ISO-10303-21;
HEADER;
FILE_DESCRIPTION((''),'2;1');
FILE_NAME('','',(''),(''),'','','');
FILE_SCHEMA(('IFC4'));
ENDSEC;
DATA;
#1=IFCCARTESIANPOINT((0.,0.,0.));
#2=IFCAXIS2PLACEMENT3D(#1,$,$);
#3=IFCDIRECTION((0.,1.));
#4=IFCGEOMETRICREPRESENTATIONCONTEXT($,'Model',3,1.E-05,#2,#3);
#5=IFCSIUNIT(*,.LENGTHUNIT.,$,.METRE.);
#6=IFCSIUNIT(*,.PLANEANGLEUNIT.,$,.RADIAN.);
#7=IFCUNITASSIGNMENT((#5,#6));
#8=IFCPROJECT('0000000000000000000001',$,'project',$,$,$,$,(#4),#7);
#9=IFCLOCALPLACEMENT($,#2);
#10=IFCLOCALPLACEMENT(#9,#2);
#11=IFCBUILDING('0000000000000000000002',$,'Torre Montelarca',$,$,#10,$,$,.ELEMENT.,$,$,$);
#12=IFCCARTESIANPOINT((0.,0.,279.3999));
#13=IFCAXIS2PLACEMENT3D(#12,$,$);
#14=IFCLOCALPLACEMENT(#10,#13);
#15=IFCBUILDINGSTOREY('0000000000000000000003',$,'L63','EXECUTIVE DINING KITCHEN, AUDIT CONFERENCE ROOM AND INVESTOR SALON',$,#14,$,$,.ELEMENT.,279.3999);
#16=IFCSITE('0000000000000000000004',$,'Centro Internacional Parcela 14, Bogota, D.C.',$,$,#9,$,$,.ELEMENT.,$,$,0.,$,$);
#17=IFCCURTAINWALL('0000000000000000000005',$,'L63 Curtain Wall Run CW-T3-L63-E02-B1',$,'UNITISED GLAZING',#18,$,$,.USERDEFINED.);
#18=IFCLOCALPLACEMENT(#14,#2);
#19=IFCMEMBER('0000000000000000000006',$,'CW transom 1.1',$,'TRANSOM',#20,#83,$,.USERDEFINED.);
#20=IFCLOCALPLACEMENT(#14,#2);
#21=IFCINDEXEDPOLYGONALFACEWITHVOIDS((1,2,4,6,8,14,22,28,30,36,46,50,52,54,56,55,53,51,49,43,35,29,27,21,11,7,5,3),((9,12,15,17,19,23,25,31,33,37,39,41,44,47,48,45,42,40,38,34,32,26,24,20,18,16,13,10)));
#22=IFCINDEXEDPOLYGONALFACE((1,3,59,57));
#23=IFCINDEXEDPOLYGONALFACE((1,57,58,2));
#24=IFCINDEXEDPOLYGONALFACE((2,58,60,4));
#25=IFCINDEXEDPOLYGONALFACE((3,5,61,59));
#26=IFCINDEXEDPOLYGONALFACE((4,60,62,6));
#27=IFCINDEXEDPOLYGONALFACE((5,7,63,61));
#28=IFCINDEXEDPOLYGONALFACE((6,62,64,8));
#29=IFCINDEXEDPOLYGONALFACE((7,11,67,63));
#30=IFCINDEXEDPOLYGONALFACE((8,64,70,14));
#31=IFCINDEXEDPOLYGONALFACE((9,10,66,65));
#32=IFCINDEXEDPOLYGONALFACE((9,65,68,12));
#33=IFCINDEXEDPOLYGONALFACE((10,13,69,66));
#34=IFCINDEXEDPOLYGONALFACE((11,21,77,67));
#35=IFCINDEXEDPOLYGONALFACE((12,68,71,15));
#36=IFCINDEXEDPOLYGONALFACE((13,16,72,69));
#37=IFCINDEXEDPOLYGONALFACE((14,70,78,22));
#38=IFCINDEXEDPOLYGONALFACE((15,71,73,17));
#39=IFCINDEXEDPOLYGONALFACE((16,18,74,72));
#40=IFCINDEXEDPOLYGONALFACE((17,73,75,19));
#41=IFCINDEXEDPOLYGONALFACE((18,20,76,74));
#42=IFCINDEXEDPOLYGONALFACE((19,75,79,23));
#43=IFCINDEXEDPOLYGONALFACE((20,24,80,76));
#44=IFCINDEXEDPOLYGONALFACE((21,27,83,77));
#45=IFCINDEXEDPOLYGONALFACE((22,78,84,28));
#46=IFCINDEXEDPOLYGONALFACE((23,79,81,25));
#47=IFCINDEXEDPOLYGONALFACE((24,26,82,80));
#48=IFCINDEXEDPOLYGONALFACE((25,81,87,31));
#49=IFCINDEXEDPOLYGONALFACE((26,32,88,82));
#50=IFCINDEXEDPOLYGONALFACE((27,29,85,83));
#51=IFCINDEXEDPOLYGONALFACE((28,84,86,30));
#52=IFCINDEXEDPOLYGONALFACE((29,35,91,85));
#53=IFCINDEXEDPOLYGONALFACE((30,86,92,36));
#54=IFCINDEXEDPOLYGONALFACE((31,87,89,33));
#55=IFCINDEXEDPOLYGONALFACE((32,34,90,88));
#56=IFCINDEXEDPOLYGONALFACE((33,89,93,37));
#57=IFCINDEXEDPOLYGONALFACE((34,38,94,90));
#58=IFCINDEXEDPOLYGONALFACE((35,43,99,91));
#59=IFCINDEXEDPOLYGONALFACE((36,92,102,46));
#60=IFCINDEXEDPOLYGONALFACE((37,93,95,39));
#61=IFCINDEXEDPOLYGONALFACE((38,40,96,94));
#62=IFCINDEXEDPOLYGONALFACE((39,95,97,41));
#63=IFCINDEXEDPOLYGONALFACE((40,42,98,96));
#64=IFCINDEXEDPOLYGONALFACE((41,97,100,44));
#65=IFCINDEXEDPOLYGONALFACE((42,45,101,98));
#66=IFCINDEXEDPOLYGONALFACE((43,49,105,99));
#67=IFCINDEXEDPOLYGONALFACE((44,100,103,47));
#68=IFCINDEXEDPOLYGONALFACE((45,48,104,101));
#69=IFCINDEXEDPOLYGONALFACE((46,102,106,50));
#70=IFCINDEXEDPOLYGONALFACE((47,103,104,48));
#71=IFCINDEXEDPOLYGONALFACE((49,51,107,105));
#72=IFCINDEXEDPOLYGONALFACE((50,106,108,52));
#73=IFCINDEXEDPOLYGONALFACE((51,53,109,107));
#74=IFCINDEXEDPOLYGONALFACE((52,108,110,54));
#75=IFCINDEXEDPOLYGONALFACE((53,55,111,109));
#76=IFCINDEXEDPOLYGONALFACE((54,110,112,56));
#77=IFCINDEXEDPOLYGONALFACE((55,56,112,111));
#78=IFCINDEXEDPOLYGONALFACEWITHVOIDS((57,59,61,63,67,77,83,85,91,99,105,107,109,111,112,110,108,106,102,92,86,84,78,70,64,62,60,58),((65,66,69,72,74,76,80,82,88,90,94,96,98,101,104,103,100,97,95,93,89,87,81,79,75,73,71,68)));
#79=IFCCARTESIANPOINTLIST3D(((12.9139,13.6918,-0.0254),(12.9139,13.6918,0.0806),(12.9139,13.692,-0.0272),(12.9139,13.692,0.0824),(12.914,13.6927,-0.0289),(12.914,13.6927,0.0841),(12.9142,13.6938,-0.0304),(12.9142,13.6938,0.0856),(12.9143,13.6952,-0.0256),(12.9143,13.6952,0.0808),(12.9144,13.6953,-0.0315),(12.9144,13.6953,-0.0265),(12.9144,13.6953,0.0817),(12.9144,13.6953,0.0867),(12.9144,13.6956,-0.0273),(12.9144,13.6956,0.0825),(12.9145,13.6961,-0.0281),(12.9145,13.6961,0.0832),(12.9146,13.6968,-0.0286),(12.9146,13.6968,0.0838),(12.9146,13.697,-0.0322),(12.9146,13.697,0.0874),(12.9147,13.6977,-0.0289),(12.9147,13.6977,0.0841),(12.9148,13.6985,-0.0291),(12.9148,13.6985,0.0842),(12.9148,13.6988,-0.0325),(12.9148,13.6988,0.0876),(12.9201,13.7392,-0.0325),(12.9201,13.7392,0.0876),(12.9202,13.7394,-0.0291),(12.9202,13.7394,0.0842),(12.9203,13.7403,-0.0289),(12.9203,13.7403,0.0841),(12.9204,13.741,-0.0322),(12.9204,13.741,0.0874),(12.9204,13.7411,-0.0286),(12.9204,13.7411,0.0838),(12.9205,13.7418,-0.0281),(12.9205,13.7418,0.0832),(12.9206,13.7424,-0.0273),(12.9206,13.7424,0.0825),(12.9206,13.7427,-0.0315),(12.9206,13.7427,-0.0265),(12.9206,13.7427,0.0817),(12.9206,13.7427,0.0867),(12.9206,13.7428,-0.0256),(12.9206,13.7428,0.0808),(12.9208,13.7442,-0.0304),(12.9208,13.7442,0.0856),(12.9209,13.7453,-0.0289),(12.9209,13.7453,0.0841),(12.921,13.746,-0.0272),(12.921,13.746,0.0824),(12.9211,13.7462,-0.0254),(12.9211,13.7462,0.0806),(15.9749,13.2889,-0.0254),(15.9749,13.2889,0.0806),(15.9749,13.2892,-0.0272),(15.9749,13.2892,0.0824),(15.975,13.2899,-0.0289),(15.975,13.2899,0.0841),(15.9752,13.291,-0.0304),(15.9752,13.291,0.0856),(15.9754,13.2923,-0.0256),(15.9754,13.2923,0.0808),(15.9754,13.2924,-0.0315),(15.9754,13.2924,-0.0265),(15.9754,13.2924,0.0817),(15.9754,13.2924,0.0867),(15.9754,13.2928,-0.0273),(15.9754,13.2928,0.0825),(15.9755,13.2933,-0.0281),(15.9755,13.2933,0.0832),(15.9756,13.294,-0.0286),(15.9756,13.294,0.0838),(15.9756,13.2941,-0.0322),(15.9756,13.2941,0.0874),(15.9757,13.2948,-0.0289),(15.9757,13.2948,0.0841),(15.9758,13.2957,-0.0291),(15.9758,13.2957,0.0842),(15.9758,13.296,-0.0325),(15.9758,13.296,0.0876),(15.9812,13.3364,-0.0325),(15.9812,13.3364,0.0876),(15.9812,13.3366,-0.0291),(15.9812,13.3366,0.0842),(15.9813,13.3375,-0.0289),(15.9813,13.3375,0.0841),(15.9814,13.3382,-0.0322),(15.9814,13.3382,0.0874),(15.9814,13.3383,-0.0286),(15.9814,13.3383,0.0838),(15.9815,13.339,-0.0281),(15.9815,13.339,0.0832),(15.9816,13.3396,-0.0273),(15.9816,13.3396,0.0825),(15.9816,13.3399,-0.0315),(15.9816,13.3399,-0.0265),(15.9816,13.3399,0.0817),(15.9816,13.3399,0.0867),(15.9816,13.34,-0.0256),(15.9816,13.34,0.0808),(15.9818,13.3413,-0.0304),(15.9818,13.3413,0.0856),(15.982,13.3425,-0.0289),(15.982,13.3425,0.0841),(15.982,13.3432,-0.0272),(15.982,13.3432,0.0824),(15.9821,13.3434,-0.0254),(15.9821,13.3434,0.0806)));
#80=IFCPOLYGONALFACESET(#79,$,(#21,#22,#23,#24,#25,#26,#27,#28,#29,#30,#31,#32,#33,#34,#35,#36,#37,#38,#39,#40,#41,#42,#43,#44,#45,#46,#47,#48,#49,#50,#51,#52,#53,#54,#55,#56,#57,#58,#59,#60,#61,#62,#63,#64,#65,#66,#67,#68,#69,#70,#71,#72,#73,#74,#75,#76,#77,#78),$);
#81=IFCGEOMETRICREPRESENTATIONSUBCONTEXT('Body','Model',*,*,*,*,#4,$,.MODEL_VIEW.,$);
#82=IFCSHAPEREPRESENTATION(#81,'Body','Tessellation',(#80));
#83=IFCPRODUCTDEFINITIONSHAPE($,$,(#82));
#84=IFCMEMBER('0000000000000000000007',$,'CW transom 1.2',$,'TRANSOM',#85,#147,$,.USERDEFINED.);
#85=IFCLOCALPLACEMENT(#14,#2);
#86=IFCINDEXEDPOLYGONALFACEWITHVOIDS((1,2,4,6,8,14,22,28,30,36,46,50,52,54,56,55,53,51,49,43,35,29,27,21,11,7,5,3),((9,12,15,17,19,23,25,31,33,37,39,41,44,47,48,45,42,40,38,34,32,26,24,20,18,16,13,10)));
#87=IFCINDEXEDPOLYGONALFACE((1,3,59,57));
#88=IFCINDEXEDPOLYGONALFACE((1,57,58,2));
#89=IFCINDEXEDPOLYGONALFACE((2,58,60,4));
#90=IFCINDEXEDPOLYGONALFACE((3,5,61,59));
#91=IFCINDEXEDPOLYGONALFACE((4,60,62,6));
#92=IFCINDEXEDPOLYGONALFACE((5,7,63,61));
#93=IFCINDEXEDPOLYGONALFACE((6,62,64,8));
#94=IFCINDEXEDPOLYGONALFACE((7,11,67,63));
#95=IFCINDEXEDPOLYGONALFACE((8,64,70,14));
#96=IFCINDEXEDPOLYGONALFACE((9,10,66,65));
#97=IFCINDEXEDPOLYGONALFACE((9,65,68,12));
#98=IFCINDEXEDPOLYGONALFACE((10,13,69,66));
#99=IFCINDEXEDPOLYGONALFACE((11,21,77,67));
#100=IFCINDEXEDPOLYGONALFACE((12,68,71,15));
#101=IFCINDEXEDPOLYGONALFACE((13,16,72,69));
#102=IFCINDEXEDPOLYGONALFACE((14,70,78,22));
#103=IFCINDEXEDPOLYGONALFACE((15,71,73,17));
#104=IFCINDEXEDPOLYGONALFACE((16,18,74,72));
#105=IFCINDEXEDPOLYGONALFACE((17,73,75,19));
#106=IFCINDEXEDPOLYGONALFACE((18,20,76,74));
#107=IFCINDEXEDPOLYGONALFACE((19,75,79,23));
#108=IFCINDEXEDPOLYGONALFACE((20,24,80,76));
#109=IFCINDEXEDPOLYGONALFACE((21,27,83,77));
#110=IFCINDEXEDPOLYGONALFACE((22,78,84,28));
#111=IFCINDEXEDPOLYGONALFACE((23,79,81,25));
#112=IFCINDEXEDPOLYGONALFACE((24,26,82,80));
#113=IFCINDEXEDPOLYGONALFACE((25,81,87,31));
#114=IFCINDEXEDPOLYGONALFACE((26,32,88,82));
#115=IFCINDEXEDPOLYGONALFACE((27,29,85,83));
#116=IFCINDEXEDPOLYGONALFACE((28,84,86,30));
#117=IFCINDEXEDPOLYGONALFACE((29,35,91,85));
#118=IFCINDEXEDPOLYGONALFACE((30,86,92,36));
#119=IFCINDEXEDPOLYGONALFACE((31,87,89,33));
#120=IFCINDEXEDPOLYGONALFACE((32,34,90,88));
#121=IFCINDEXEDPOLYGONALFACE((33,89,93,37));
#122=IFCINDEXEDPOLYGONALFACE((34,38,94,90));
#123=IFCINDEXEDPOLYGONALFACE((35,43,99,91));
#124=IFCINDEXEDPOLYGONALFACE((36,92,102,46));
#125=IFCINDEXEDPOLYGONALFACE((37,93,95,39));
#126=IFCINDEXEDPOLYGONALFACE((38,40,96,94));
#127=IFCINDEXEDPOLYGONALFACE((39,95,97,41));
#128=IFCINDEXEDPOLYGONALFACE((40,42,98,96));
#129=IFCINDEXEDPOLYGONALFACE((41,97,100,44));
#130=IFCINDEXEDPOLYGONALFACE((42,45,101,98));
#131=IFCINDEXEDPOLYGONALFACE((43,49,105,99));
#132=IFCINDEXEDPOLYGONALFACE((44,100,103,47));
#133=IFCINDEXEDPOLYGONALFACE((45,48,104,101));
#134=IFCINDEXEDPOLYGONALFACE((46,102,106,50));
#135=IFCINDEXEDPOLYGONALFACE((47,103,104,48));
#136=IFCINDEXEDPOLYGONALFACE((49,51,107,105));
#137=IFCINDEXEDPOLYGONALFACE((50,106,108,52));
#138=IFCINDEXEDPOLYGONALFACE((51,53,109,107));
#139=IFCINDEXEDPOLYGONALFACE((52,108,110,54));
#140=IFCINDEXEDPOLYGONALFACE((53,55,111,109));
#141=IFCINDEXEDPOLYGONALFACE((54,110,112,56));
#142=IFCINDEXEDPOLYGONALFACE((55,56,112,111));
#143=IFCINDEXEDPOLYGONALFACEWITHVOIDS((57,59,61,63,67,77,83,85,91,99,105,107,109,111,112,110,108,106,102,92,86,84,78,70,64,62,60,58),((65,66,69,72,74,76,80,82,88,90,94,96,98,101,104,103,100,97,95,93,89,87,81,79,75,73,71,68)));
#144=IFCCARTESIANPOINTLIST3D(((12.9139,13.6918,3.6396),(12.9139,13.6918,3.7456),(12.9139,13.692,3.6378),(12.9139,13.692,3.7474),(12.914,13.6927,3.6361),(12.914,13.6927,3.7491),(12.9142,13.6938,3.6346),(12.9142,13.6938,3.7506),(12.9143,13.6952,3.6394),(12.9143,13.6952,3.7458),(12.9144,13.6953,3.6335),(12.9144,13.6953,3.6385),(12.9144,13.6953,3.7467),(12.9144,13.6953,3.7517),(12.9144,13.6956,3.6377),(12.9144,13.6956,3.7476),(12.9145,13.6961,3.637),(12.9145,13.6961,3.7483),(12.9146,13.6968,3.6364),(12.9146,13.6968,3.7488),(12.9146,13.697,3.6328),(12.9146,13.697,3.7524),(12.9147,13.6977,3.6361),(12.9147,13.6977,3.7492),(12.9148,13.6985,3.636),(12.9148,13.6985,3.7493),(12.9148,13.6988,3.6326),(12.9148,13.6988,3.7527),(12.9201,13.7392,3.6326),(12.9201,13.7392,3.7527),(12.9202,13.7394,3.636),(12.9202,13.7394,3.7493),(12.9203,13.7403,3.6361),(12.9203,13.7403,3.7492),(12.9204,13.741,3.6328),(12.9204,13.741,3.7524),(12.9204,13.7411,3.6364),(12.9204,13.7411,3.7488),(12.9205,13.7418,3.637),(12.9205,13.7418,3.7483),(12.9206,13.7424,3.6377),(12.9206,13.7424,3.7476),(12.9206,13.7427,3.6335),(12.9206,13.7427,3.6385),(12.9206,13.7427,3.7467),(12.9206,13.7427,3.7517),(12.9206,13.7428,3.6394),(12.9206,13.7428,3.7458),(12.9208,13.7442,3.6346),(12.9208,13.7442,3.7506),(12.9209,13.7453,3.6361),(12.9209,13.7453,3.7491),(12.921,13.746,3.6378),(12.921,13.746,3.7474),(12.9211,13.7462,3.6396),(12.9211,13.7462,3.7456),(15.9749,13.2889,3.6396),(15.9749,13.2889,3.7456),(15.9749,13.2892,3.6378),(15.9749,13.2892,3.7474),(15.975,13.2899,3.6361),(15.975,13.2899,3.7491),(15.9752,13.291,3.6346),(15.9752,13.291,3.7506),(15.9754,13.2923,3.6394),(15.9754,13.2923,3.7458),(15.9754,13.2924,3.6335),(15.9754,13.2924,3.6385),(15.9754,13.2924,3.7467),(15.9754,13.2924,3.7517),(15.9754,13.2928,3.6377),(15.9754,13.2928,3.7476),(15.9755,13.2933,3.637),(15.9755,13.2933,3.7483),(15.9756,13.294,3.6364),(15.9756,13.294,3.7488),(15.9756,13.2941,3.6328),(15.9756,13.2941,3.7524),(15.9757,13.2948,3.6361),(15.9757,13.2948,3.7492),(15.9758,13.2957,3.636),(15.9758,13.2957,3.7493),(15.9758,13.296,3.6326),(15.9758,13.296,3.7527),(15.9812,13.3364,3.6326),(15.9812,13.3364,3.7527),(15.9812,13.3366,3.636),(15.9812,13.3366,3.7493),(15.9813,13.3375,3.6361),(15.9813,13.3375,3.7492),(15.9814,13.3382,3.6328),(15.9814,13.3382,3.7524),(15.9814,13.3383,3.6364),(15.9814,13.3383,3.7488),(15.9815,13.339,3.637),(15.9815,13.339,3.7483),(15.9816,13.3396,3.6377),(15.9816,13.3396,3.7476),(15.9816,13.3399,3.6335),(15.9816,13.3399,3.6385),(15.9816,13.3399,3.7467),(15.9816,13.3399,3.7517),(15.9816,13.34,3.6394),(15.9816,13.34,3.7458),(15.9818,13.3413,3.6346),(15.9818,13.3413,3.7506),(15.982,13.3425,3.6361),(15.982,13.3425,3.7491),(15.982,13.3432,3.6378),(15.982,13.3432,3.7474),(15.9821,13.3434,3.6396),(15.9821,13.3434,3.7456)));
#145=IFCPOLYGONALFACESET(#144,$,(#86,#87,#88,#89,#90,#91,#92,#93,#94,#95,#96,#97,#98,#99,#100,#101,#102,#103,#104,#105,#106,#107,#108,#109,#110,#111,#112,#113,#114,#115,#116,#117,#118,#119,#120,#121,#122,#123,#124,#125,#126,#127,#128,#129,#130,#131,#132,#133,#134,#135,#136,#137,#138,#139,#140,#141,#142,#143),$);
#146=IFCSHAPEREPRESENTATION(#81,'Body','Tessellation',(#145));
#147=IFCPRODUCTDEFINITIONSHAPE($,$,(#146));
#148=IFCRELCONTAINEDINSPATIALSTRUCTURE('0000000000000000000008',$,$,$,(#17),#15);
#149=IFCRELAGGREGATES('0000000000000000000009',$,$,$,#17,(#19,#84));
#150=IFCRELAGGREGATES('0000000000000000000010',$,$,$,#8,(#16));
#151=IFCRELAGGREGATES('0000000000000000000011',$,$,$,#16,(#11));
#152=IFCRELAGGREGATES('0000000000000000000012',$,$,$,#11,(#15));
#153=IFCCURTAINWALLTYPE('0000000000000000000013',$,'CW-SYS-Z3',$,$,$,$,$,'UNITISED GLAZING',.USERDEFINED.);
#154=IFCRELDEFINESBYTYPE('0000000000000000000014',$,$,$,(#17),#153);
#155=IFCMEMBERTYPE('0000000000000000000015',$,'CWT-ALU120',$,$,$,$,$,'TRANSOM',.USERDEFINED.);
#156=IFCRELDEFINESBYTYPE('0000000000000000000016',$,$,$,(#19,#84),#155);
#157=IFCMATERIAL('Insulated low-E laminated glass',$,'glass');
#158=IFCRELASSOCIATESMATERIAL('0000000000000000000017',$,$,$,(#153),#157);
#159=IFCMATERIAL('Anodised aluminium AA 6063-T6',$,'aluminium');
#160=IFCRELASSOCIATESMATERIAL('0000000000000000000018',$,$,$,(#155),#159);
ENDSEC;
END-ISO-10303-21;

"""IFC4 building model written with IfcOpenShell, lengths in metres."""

from ifc_helpers import new_model, si_unit, direction, frame, origin, origin_2d, place, context, subcontext, project, spatial, hollow_rectangle, extrude, source, transform, mapped, material, material_profile, profile_set, type_object, element, aggregate, save


model = new_model("IFC4")

# Units and contexts
model_context = context("Model", 3, precision=1e-05, world=origin(), true_north=direction((0.0, 1.0)))
body_context = subcontext(model_context, "Body", "Model", "MODEL_VIEW")
ifc_project = project(units=[si_unit("LENGTHUNIT", "METRE"), si_unit("PLANEANGLEUNIT", "RADIAN")], contexts=[model_context])

# Site, building, storey
site_placement = place(None, origin())
site = spatial("IfcSite", under=ifc_project, at=site_placement, Name="Centro Internacional Parcela 14, Bogota, D.C.", CompositionType="ELEMENT", RefElevation=0.0)
building_placement = place(site_placement, origin())
building = spatial("IfcBuilding", under=site, at=building_placement, Name="Torre Montelarca", CompositionType="ELEMENT")
storey_placement = place(building_placement, frame((0.0, 0.0, 279.3999)))
storey = spatial("IfcBuildingStorey", under=building, at=storey_placement, Name="L63", Description="EXECUTIVE DINING KITCHEN, AUDIT CONFERENCE ROOM AND INVESTOR SALON", CompositionType="ELEMENT", Elevation=279.3999)

# Curtain wall, members
ifc_material_1 = material(Name="Insulated low-E laminated glass", Category="glass")
curtain_wall_type = type_object("IfcCurtainWallType", Name="CW-SYS-Z3", ElementType="UNITISED GLAZING", PredefinedType="USERDEFINED", material=ifc_material_1)
curtain_wall_1_placement = place(storey_placement, origin())
curtain_wall_1 = element("IfcCurtainWall", 1, at=curtain_wall_1_placement, inside=storey, type_object=curtain_wall_type, Name="L63 Curtain Wall Run CW-T3-L63-E02-B1", ObjectType="UNITISED GLAZING", PredefinedType="USERDEFINED")
ifc_material_2 = material(Name="Anodised aluminium AA 6063-T6", Category="aluminium")
ifc_material_profile_1 = material_profile(ifc_material_2, hollow_rectangle(XDim=0.0549, YDim=0.1201, WallThickness=0.0034, InnerFilletRadius=0.0034, OuterFilletRadius=0.0071, at=origin_2d()), Name="ALU55X120X3.5", Category="aluminium")
ifc_profile_set_1 = profile_set([ifc_material_profile_1], Name="Anodised aluminium AA 6063-T6")
member_type_1 = type_object("IfcMemberType", Name="CWT-ALU120", ElementType="TRANSOM", PredefinedType="USERDEFINED", material=ifc_profile_set_1)
shared_shape_1 = source(origin(), body_context, "Body", "SweptSolid", [
    extrude(hollow_rectangle(XDim=0.0549, YDim=0.1201, WallThickness=0.0034, InnerFilletRadius=0.0034, OuterFilletRadius=0.0071, at=origin_2d()), origin(), (0.0, 0.0, 1.0), 3.0874),
])
member_1_placement = place(storey_placement, frame((12.9175, 13.719, 0.0276), z_axis=(0.991452, -0.130475, 0.0), x_axis=(0.130475, 0.991452, 0.0)))
member_1 = element("IfcMember", 2, at=member_1_placement, type_object=member_type_1, Name="CW transom 1.1", ObjectType="TRANSOM", PredefinedType="USERDEFINED", context=body_context, shape_type="MappedRepresentation", body=[
    mapped(shared_shape_1, transform((0.0, 0.0, 0.0), scale=1.0)),
])
member_2_placement = place(storey_placement, frame((12.9175, 13.719, 3.6926), z_axis=(0.991452, -0.130475, 0.0), x_axis=(0.130475, 0.991452, 0.0)))
member_2 = element("IfcMember", 3, at=member_2_placement, type_object=member_type_1, Name="CW transom 1.2", ObjectType="TRANSOM", PredefinedType="USERDEFINED", context=body_context, shape_type="MappedRepresentation", body=[
    mapped(shared_shape_1, transform((0.0, 0.0, 0.0), scale=1.0)),
])

aggregate(curtain_wall_1, [member_1, member_2])

save(model, "model.ifc")
